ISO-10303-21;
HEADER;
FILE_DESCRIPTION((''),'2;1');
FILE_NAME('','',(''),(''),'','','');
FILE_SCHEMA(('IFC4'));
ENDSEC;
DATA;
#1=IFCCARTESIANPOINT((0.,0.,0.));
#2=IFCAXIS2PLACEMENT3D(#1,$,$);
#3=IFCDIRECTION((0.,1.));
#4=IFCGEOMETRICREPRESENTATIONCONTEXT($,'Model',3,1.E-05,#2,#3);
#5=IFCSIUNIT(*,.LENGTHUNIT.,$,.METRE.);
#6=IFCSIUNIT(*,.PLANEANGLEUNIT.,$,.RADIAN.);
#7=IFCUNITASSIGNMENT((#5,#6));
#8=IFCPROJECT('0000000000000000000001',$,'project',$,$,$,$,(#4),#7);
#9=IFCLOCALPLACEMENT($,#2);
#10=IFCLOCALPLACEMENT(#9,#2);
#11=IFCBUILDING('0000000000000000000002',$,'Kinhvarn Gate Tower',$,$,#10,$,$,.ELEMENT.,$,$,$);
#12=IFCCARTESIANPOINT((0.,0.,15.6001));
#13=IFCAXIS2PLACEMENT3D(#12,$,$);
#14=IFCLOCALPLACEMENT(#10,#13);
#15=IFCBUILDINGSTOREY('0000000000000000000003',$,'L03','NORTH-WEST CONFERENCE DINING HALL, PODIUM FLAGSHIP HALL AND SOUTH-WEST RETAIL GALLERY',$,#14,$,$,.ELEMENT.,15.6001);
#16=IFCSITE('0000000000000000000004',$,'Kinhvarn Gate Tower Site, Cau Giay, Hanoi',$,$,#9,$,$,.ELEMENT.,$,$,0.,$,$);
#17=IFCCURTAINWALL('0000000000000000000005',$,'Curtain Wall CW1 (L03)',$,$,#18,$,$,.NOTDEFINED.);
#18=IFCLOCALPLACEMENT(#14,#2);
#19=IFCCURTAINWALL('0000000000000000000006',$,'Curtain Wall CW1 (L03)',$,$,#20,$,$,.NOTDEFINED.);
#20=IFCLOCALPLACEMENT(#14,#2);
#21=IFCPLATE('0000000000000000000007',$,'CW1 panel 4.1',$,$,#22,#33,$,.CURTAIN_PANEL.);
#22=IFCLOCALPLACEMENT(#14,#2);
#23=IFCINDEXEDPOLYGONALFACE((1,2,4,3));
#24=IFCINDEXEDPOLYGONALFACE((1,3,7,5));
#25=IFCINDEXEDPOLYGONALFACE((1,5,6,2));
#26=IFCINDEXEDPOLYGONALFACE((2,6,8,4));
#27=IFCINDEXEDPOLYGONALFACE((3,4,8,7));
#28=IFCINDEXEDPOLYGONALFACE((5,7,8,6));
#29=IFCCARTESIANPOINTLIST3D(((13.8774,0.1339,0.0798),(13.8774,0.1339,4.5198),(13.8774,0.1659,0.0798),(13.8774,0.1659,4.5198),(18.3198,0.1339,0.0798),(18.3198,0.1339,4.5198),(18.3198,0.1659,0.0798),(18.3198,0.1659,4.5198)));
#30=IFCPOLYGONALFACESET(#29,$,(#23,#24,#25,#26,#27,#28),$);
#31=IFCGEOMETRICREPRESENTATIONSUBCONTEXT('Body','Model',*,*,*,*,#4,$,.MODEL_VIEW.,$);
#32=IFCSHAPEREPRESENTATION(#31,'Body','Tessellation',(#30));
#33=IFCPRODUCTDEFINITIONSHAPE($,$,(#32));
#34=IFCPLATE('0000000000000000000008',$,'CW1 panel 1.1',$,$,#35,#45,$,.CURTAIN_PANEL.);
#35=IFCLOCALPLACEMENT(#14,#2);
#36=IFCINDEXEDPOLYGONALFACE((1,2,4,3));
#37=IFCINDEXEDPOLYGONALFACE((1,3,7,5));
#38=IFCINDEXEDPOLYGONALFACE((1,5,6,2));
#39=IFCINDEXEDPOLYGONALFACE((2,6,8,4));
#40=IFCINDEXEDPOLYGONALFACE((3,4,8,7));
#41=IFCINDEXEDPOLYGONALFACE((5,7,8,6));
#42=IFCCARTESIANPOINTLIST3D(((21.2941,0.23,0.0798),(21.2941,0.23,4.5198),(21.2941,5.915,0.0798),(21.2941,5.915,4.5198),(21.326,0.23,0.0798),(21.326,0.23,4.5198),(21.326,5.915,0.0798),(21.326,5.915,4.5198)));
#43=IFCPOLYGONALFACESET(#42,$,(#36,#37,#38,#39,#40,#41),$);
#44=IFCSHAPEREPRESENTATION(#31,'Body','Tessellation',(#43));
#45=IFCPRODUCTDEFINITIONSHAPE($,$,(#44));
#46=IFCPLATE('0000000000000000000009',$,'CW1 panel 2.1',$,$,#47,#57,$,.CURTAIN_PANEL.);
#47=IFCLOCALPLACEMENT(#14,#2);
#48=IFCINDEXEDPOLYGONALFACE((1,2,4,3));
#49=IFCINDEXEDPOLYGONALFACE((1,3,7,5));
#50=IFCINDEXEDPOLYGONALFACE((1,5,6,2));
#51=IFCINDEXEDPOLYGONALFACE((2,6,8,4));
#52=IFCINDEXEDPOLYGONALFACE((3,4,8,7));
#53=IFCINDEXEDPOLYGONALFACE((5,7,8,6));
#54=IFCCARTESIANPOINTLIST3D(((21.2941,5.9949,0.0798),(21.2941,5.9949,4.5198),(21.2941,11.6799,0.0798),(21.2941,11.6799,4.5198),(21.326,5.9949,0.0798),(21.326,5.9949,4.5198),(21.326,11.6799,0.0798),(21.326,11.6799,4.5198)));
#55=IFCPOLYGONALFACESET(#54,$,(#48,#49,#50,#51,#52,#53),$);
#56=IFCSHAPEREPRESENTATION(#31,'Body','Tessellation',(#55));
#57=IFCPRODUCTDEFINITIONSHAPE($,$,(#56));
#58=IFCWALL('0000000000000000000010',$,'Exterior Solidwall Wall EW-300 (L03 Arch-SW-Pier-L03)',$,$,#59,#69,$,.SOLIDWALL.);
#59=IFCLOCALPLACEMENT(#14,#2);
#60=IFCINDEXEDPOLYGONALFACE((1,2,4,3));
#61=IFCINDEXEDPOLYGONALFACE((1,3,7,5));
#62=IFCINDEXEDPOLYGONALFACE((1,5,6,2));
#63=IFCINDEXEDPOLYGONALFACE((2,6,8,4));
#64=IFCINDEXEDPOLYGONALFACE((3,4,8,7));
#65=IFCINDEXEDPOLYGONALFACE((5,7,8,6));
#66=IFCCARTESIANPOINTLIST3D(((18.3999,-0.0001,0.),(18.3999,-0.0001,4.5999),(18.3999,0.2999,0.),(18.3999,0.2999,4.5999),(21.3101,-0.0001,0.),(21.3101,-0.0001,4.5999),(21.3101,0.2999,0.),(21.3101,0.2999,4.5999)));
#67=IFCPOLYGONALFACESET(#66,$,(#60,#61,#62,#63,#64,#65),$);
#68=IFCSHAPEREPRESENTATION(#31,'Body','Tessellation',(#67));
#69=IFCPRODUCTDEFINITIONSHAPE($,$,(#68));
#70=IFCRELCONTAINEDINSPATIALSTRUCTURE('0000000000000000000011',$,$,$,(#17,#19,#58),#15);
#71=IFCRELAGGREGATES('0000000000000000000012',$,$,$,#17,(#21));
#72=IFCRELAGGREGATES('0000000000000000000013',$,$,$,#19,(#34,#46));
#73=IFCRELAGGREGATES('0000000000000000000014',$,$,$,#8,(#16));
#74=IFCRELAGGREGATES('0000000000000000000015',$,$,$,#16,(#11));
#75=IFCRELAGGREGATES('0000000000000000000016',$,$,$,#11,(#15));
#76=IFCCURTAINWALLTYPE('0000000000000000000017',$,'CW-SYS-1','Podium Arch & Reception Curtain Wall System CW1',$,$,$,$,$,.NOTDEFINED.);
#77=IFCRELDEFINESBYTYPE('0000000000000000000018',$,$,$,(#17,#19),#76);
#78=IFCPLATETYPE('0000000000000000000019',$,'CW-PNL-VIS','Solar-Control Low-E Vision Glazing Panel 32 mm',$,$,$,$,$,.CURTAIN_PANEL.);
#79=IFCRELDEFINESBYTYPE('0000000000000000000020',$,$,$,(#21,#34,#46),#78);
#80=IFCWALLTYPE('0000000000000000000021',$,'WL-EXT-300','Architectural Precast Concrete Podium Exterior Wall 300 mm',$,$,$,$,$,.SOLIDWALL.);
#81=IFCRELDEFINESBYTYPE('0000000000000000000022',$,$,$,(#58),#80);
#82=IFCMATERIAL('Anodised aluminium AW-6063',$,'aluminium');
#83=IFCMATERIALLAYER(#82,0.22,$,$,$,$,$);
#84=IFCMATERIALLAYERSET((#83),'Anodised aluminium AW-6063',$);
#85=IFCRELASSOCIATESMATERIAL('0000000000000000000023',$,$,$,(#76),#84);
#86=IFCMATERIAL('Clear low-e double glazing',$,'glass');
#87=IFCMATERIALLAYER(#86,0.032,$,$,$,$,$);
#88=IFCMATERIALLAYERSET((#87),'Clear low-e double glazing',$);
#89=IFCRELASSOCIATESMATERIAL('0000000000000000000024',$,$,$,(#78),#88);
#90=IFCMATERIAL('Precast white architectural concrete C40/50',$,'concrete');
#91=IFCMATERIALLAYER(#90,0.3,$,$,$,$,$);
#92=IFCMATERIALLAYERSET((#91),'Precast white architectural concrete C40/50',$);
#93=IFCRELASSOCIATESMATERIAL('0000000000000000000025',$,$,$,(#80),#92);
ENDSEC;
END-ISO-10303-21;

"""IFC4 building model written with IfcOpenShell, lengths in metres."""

from ifc_helpers import new_model, si_unit, direction, frame, frame_2d, origin, origin_2d, place, context, subcontext, project, spatial, rectangle, extrude, material, layer, layer_set, type_object, element, aggregate, save


model = new_model("IFC4")

# Units and contexts
model_context = context("Model", 3, precision=1e-05, world=origin(), true_north=direction((0.0, 1.0)))
body_context = subcontext(model_context, "Body", "Model", "MODEL_VIEW")
ifc_project = project(units=[si_unit("LENGTHUNIT", "METRE"), si_unit("PLANEANGLEUNIT", "RADIAN")], contexts=[model_context])

# Site, building, storey
site_placement = place(None, origin())
site = spatial("IfcSite", under=ifc_project, at=site_placement, Name="Kinhvarn Gate Tower Site, Cau Giay, Hanoi", CompositionType="ELEMENT", RefElevation=0.0)
building_placement = place(site_placement, origin())
building = spatial("IfcBuilding", under=site, at=building_placement, Name="Kinhvarn Gate Tower", CompositionType="ELEMENT")
storey_placement = place(building_placement, frame((0.0, 0.0, 15.6001)))
storey = spatial("IfcBuildingStorey", under=building, at=storey_placement, Name="L03", Description="NORTH-WEST CONFERENCE DINING HALL, PODIUM FLAGSHIP HALL AND SOUTH-WEST RETAIL GALLERY", CompositionType="ELEMENT", Elevation=15.6001)

# Curtain walls
ifc_material_1 = material(Name="Anodised aluminium AW-6063", Category="aluminium")
ifc_layer_1 = layer(ifc_material_1, 0.22)
ifc_layer_set_1 = layer_set([ifc_layer_1], Name="Anodised aluminium AW-6063")
curtain_wall_type = type_object("IfcCurtainWallType", Name="CW-SYS-1", Description="Podium Arch & Reception Curtain Wall System CW1", PredefinedType="NOTDEFINED", material=ifc_layer_set_1)
curtain_wall_1_placement = place(storey_placement, origin())
curtain_wall_1 = element("IfcCurtainWall", 1, at=curtain_wall_1_placement, inside=storey, type_object=curtain_wall_type, Name="Curtain Wall CW1 (L03)", PredefinedType="NOTDEFINED")
curtain_wall_2_placement = place(storey_placement, origin())
curtain_wall_2 = element("IfcCurtainWall", 2, at=curtain_wall_2_placement, inside=storey, type_object=curtain_wall_type, Name="Curtain Wall CW1 (L03)", PredefinedType="NOTDEFINED")

# Plates
ifc_material_2 = material(Name="Clear low-e double glazing", Category="glass")
ifc_layer_2 = layer(ifc_material_2, 0.032)
ifc_layer_set_2 = layer_set([ifc_layer_2], Name="Clear low-e double glazing")
plate_type = type_object("IfcPlateType", Name="CW-PNL-VIS", Description="Solar-Control Low-E Vision Glazing Panel 32 mm", PredefinedType="CURTAIN_PANEL", material=ifc_layer_set_2)
plate_1_placement = place(storey_placement, frame((16.0986, 0.1499, 0.0798), z_axis=(0.0, 0.0, 1.0), x_axis=(1.0, 0.0, 0.0)))
plate_1 = element("IfcPlate", 3, at=plate_1_placement, type_object=plate_type, Name="CW1 panel 4.1", PredefinedType="CURTAIN_PANEL", context=body_context, shape_type="SweptSolid", body=[
    extrude(rectangle(XDim=4.4424, YDim=0.032, at=origin_2d()), origin(), (0.0, 0.0, 1.0), 4.4399),
])
aggregate(curtain_wall_1, [plate_1])
plate_2_placement = place(storey_placement, frame((21.3101, 3.0725, 0.0798), z_axis=(0.0, 0.0, 1.0), x_axis=(0.0, 1.0, 0.0)))
plate_2 = element("IfcPlate", 4, at=plate_2_placement, type_object=plate_type, Name="CW1 panel 1.1", PredefinedType="CURTAIN_PANEL", context=body_context, shape_type="SweptSolid", body=[
    extrude(rectangle(XDim=5.6851, YDim=0.032, at=origin_2d()), origin(), (0.0, 0.0, 1.0), 4.4399),
])
plate_3_placement = place(storey_placement, frame((21.3101, 8.8374, 0.0798), z_axis=(0.0, 0.0, 1.0), x_axis=(0.0, 1.0, 0.0)))
plate_3 = element("IfcPlate", 5, at=plate_3_placement, type_object=plate_type, Name="CW1 panel 2.1", PredefinedType="CURTAIN_PANEL", context=body_context, shape_type="SweptSolid", body=[
    extrude(rectangle(XDim=5.6851, YDim=0.032, at=origin_2d()), origin(), (0.0, 0.0, 1.0), 4.4399),
])
aggregate(curtain_wall_2, [plate_2, plate_3])

# Wall
ifc_material_3 = material(Name="Precast white architectural concrete C40/50", Category="concrete")
ifc_layer_3 = layer(ifc_material_3, 0.3)
ifc_layer_set_3 = layer_set([ifc_layer_3], Name="Precast white architectural concrete C40/50")
wall_type = type_object("IfcWallType", Name="WL-EXT-300", Description="Architectural Precast Concrete Podium Exterior Wall 300 mm", PredefinedType="SOLIDWALL", material=ifc_layer_set_3)
wall_placement = place(storey_placement, frame((18.3999, 0.1499, 0.0), z_axis=(0.0, 0.0, 1.0), x_axis=(1.0, 0.0, 0.0)))
element("IfcWall", 6, at=wall_placement, inside=storey, type_object=wall_type, Name="Exterior Solidwall Wall EW-300 (L03 Arch-SW-Pier-L03)", PredefinedType="SOLIDWALL", context=body_context, shape_type="SweptSolid", body=[
    extrude(rectangle(XDim=2.9102, YDim=0.3, at=frame_2d((1.4551, 0.0))), origin(), (0.0, 0.0, 1.0), 4.5999),
])

save(model, "model.ifc")
